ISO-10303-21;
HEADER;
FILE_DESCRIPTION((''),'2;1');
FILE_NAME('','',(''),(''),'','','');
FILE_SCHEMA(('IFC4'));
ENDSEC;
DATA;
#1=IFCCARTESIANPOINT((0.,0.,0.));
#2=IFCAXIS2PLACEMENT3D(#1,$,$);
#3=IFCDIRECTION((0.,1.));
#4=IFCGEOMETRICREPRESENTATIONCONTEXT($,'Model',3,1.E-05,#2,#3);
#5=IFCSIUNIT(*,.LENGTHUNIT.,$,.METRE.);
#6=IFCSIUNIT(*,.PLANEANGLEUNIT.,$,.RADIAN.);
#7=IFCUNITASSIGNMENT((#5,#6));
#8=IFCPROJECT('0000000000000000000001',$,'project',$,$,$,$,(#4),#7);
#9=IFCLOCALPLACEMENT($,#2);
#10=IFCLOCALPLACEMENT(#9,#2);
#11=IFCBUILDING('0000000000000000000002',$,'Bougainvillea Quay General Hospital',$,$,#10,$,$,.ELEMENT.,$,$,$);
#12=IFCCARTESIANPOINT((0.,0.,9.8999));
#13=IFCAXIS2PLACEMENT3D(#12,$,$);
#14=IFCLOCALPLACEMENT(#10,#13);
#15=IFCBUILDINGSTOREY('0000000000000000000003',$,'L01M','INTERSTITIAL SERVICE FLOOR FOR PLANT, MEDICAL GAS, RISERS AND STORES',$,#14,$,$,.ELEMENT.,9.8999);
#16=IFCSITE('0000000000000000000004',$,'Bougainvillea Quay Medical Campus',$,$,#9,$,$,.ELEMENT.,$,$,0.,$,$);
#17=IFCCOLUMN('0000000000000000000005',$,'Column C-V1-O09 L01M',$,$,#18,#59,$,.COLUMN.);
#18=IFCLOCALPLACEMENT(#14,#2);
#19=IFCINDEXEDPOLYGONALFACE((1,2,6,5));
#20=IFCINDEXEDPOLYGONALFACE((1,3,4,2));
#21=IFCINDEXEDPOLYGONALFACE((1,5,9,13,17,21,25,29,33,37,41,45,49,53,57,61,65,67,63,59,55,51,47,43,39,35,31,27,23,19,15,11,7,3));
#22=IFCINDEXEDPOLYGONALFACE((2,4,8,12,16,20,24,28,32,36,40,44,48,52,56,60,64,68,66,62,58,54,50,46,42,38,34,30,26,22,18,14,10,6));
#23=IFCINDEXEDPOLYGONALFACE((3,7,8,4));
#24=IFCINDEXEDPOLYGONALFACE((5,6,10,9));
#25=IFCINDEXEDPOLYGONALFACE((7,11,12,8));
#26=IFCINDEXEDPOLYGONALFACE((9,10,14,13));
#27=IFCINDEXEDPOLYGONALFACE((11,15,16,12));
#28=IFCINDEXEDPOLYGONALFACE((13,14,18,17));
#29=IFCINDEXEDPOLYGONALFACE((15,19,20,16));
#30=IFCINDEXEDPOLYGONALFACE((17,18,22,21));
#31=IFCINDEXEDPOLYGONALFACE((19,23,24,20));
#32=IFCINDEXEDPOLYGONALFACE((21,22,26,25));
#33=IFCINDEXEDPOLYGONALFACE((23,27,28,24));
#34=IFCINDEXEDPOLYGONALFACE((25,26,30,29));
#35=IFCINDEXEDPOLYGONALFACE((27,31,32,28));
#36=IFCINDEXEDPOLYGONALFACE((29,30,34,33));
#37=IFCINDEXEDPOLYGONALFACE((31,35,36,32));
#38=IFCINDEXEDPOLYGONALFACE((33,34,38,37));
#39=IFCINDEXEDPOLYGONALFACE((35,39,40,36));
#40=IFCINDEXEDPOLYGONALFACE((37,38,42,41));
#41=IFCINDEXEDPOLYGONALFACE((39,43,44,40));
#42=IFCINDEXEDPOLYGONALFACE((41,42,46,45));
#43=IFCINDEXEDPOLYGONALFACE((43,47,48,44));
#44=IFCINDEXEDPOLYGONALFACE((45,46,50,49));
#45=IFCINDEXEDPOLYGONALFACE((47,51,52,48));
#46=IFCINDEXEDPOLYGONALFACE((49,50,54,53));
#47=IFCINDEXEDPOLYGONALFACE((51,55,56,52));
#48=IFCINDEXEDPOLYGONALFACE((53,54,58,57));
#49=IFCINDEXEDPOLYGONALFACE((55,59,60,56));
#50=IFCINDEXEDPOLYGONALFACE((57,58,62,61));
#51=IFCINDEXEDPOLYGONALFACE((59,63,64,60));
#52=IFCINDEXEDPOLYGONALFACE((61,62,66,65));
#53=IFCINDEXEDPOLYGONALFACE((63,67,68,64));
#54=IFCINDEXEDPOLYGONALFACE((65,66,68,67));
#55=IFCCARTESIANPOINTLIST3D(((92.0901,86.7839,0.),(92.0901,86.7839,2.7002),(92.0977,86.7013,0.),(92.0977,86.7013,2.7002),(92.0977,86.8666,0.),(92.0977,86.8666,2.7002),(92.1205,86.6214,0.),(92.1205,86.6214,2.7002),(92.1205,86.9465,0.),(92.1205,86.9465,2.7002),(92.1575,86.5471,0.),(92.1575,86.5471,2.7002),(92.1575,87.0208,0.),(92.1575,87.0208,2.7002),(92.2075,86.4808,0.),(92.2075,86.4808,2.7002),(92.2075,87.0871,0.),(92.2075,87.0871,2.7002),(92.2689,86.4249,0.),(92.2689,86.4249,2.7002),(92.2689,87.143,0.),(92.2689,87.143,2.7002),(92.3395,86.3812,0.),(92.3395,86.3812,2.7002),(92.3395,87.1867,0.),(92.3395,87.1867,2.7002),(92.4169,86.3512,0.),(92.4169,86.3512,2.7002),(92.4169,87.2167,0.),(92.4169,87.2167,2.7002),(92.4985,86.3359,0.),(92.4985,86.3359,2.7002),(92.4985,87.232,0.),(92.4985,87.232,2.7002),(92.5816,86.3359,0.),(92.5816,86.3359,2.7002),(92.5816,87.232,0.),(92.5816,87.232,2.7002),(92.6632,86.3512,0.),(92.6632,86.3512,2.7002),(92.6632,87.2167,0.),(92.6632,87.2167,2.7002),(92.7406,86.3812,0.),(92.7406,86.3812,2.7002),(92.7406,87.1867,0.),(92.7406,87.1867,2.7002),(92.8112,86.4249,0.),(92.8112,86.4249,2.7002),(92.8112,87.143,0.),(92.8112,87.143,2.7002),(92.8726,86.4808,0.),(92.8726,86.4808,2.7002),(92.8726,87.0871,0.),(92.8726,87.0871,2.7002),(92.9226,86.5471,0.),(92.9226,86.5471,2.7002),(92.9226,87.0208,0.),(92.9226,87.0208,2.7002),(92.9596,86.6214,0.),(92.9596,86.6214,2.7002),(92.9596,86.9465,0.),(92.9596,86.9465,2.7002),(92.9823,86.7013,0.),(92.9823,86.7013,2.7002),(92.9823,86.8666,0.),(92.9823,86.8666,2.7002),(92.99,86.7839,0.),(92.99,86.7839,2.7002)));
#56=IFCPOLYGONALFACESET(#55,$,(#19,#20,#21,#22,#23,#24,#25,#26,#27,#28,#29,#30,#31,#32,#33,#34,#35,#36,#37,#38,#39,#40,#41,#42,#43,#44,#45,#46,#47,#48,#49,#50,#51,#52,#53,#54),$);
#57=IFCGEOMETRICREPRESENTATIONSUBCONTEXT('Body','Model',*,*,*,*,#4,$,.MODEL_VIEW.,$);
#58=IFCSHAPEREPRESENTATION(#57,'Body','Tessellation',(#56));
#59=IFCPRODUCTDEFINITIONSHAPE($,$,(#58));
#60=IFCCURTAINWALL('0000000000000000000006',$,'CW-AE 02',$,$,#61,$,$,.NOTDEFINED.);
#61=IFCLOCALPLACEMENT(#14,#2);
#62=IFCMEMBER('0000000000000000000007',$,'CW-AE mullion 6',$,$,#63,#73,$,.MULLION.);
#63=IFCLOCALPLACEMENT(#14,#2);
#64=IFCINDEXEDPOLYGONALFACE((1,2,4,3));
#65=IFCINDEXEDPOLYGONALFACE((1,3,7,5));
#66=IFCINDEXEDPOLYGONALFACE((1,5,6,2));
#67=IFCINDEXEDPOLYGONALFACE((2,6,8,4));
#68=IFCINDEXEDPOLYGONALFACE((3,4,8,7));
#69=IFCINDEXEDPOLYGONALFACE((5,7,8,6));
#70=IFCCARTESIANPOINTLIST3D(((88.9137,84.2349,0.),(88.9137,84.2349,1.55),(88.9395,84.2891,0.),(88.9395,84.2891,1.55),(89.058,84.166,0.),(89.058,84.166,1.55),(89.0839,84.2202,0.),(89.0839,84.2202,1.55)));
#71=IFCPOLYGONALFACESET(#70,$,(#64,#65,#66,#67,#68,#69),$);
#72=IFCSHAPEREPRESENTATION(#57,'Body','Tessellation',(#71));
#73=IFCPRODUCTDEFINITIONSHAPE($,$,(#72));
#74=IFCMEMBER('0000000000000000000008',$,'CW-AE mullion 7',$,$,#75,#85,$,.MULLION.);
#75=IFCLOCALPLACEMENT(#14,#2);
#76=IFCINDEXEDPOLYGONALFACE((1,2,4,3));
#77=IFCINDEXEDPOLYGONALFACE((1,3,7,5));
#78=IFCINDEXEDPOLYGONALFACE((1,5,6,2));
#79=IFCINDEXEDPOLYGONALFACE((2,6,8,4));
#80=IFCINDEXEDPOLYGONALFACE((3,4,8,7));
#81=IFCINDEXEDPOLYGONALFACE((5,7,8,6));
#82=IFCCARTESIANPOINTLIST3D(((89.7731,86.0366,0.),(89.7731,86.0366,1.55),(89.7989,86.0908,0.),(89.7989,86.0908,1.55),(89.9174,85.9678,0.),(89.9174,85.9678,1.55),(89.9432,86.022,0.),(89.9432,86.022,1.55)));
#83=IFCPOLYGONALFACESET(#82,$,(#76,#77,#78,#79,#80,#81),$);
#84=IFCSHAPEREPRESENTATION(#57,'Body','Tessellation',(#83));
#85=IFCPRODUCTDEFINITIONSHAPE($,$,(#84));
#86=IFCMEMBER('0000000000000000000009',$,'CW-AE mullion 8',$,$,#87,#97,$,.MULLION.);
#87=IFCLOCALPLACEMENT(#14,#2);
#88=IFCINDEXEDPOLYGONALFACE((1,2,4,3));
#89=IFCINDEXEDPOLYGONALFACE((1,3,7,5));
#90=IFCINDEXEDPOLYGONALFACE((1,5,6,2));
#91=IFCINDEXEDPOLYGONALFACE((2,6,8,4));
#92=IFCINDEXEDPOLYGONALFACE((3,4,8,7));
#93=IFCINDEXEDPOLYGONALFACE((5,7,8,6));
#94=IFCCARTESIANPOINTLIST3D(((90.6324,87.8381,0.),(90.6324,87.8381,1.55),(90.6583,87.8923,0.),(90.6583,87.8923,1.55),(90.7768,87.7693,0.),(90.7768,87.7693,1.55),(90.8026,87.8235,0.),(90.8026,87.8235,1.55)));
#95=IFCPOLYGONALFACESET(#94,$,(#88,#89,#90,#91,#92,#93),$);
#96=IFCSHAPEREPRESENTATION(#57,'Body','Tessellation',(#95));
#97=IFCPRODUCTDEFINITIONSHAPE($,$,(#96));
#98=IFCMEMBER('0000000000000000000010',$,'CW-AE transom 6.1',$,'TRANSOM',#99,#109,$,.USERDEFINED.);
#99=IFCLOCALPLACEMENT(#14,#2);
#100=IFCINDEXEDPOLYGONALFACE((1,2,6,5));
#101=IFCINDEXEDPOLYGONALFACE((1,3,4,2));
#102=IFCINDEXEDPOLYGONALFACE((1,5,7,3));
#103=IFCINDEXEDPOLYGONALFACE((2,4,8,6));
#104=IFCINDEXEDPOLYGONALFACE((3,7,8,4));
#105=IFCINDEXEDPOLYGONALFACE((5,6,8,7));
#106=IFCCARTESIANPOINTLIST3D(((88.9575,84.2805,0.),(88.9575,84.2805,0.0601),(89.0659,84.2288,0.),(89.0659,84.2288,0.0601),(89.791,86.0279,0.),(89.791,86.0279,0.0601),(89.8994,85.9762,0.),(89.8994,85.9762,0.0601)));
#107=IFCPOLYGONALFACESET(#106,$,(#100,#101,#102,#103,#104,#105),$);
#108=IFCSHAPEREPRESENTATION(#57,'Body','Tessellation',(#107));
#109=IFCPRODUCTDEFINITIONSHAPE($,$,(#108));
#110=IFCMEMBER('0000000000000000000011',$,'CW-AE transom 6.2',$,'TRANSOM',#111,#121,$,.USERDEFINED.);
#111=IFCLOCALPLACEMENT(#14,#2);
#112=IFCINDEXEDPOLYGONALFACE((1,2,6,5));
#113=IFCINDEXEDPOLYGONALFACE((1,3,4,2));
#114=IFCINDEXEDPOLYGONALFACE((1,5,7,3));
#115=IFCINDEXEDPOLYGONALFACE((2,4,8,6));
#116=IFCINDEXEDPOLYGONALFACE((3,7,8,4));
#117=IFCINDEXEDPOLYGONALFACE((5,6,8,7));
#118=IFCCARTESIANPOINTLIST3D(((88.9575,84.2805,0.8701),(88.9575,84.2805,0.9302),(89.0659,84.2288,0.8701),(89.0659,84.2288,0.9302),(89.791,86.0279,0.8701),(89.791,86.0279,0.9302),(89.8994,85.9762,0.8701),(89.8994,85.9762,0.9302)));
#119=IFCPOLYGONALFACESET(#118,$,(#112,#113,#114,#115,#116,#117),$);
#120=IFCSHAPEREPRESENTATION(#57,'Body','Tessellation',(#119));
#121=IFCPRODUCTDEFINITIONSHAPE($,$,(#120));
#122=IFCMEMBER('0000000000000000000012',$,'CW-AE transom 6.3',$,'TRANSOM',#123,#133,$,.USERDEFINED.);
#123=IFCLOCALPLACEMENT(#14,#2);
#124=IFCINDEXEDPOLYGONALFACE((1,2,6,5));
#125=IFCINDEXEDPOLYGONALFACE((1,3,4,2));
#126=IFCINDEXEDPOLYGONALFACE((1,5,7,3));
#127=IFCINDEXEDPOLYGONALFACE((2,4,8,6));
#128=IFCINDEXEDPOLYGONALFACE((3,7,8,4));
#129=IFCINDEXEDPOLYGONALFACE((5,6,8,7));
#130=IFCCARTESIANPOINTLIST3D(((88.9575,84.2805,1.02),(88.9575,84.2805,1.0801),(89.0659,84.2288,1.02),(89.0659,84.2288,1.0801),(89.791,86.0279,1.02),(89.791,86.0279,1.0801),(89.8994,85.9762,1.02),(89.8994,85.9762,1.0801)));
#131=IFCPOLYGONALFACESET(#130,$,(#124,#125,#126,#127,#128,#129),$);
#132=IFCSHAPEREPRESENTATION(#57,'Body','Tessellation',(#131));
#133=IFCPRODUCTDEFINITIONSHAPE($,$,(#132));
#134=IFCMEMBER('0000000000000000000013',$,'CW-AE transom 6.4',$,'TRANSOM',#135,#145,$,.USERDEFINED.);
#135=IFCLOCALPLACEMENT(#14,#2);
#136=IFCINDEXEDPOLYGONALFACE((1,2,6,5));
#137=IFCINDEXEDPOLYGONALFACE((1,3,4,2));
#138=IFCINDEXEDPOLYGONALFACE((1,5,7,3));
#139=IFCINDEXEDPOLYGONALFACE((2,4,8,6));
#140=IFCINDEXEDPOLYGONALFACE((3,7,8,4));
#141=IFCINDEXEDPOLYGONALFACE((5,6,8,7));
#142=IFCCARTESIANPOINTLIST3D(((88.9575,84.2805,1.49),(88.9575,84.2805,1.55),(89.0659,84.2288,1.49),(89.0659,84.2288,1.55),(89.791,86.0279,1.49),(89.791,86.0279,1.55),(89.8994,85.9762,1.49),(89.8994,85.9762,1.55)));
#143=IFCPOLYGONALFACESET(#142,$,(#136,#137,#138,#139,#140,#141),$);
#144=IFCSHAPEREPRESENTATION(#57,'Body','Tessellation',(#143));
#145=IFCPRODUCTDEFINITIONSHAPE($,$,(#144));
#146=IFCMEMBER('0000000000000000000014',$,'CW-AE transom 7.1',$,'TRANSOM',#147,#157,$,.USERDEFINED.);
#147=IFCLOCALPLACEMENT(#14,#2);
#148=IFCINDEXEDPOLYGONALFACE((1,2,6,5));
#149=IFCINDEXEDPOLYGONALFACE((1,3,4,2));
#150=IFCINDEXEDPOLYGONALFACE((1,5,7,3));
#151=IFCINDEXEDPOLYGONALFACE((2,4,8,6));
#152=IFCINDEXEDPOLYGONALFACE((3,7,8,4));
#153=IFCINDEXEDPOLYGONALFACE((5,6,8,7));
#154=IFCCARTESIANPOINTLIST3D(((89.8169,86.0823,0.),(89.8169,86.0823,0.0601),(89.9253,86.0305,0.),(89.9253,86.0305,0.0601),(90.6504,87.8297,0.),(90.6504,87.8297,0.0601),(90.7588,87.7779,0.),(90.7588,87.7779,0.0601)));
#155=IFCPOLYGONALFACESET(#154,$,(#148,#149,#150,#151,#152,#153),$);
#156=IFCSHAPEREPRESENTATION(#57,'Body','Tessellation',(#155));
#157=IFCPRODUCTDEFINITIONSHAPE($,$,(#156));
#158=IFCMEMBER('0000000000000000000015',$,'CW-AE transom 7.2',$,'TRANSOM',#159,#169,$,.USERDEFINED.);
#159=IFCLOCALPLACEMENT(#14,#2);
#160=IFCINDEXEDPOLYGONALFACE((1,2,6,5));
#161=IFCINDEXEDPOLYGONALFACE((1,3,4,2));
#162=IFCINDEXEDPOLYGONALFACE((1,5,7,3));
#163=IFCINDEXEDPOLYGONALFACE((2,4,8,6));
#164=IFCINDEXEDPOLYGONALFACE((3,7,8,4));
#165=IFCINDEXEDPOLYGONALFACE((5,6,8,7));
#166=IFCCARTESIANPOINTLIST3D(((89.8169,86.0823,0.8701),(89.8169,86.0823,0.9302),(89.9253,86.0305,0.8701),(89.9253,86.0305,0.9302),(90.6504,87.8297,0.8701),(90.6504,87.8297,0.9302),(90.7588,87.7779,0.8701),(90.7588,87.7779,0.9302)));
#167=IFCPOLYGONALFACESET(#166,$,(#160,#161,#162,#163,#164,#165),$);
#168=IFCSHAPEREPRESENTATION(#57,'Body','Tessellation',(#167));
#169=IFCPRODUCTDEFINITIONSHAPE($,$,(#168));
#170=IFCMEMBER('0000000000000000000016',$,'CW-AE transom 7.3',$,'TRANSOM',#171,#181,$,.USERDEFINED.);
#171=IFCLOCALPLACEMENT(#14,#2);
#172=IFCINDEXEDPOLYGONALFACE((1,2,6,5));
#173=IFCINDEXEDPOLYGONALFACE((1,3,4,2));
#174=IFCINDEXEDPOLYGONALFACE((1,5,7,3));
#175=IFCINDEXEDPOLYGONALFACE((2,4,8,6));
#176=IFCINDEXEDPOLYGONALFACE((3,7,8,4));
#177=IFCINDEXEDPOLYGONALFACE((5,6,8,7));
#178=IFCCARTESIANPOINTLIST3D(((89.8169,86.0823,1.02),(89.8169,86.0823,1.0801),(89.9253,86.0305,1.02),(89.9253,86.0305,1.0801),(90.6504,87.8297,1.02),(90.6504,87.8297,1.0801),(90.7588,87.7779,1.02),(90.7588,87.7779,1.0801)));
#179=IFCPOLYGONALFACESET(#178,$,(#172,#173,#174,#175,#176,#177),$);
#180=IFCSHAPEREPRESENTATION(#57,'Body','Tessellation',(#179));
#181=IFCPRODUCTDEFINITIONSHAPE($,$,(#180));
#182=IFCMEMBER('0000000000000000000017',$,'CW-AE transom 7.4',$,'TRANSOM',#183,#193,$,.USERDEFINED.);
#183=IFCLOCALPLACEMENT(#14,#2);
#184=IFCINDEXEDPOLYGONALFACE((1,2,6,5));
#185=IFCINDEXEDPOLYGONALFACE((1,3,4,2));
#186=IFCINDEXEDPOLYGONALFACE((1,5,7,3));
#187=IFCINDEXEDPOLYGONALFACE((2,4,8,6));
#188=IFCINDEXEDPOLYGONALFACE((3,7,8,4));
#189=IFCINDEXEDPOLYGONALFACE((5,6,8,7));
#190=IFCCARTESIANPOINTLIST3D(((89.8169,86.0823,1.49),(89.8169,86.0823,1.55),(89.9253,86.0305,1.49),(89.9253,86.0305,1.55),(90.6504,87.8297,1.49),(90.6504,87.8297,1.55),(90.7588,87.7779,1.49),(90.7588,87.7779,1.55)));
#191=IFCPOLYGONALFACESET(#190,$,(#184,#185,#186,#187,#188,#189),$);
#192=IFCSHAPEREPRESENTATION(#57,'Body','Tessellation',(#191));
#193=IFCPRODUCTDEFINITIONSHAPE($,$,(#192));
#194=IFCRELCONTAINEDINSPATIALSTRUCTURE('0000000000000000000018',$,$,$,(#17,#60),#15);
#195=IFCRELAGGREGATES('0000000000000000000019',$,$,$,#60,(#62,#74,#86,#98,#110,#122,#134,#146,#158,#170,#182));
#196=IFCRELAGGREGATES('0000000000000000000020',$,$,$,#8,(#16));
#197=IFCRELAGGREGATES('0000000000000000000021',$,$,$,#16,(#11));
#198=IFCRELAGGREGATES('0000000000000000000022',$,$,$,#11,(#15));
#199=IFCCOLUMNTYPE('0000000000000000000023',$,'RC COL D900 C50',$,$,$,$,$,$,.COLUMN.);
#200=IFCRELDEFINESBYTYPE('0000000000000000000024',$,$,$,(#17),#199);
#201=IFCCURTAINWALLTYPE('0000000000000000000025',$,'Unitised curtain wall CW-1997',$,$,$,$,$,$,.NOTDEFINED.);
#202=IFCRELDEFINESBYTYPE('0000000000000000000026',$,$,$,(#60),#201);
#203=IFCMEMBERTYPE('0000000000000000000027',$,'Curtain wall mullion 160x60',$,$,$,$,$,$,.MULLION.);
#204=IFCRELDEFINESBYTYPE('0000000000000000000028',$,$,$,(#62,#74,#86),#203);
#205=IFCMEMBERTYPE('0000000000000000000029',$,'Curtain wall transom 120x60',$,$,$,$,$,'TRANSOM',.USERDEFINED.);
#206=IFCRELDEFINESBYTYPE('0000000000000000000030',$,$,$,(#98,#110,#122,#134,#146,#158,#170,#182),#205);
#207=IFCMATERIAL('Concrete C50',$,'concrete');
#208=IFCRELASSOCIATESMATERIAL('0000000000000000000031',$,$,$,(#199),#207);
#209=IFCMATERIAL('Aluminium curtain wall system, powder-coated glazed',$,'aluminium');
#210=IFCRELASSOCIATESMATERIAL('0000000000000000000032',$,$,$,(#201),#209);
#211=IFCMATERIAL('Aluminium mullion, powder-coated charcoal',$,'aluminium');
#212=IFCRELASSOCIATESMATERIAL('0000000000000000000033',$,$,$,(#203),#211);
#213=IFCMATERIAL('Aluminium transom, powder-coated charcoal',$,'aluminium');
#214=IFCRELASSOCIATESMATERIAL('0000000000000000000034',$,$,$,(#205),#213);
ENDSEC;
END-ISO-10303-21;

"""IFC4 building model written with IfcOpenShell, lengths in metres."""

from ifc_helpers import new_model, si_unit, direction, frame, origin, origin_2d, place, context, subcontext, project, spatial, rectangle, circle, extrude, material, material_profile, profile_set, type_object, element, aggregate, save


model = new_model("IFC4")

# Units and contexts
model_context = context("Model", 3, precision=1e-05, world=origin(), true_north=direction((0.0, 1.0)))
body_context = subcontext(model_context, "Body", "Model", "MODEL_VIEW")
ifc_project = project(units=[si_unit("LENGTHUNIT", "METRE"), si_unit("PLANEANGLEUNIT", "RADIAN")], contexts=[model_context])

# Site, building, storey
site_placement = place(None, origin())
site = spatial("IfcSite", under=ifc_project, at=site_placement, Name="Bougainvillea Quay Medical Campus", CompositionType="ELEMENT", RefElevation=0.0)
building_placement = place(site_placement, origin())
building = spatial("IfcBuilding", under=site, at=building_placement, Name="Bougainvillea Quay General Hospital", CompositionType="ELEMENT")
storey_placement = place(building_placement, frame((0.0, 0.0, 9.8999)))
storey = spatial("IfcBuildingStorey", under=building, at=storey_placement, Name="L01M", Description="INTERSTITIAL SERVICE FLOOR FOR PLANT, MEDICAL GAS, RISERS AND STORES", CompositionType="ELEMENT", Elevation=9.8999)

# Column
ifc_material_1 = material(Name="Concrete C50", Category="concrete")
ifc_material_profile_1 = material_profile(ifc_material_1, circle(Radius=0.45, at=origin_2d()))
ifc_profile_set_1 = profile_set([ifc_material_profile_1], Name="Concrete C50")
column_type = type_object("IfcColumnType", Name="RC COL D900 C50", PredefinedType="COLUMN", material=ifc_profile_set_1)
column_placement = place(storey_placement, frame((92.54, 86.7839, 0.0), z_axis=(0.0, 0.0, 1.0), x_axis=(1.0, 0.0, 0.0)))
element("IfcColumn", 1, at=column_placement, inside=storey, type_object=column_type, Name="Column C-V1-O09 L01M", PredefinedType="COLUMN", context=body_context, shape_type="SweptSolid", body=[
    extrude(circle(Radius=0.45, at=origin_2d()), origin(), (0.0, 0.0, 1.0), 2.7002),
])

# Curtain wall, members
ifc_material_2 = material(Name="Aluminium curtain wall system, powder-coated glazed", Category="aluminium")
curtain_wall_type = type_object("IfcCurtainWallType", Name="Unitised curtain wall CW-1997", PredefinedType="NOTDEFINED", material=ifc_material_2)
curtain_wall_placement = place(storey_placement, origin())
curtain_wall = element("IfcCurtainWall", 2, at=curtain_wall_placement, inside=storey, type_object=curtain_wall_type, Name="CW-AE 02", PredefinedType="NOTDEFINED")
ifc_material_3 = material(Name="Aluminium mullion, powder-coated charcoal", Category="aluminium")
ifc_material_profile_2 = material_profile(ifc_material_3, rectangle(XDim=0.1599, YDim=0.0601, at=origin_2d()))
ifc_profile_set_2 = profile_set([ifc_material_profile_2], Name="Aluminium mullion, powder-coated charcoal")
member_type_1 = type_object("IfcMemberType", Name="Curtain wall mullion 160x60", PredefinedType="MULLION", material=ifc_profile_set_2)
member_1_placement = place(storey_placement, frame((88.9988, 84.2275, 0.0), z_axis=(0.0, 0.0, 1.0), x_axis=(-0.902578, 0.430525, 0.0)))
member_1 = element("IfcMember", 3, at=member_1_placement, type_object=member_type_1, Name="CW-AE mullion 6", PredefinedType="MULLION", context=body_context, shape_type="SweptSolid", body=[
    extrude(rectangle(XDim=0.1599, YDim=0.0601, at=origin_2d()), origin(), (0.0, 0.0, 1.0), 1.55),
])
member_2_placement = place(storey_placement, frame((89.8582, 86.0293, 0.0), z_axis=(0.0, 0.0, 1.0), x_axis=(-0.902578, 0.430525, 0.0)))
member_2 = element("IfcMember", 4, at=member_2_placement, type_object=member_type_1, Name="CW-AE mullion 7", PredefinedType="MULLION", context=body_context, shape_type="SweptSolid", body=[
    extrude(rectangle(XDim=0.1599, YDim=0.0601, at=origin_2d()), origin(), (0.0, 0.0, 1.0), 1.55),
])
member_3_placement = place(storey_placement, frame((90.7175, 87.8308, 0.0), z_axis=(0.0, 0.0, 1.0), x_axis=(-0.902578, 0.430525, 0.0)))
member_3 = element("IfcMember", 5, at=member_3_placement, type_object=member_type_1, Name="CW-AE mullion 8", PredefinedType="MULLION", context=body_context, shape_type="SweptSolid", body=[
    extrude(rectangle(XDim=0.1599, YDim=0.0601, at=origin_2d()), origin(), (0.0, 0.0, 1.0), 1.55),
])
ifc_material_4 = material(Name="Aluminium transom, powder-coated charcoal", Category="aluminium")
ifc_material_profile_3 = material_profile(ifc_material_4, rectangle(XDim=0.1201, YDim=0.0601, at=origin_2d()))
ifc_profile_set_3 = profile_set([ifc_material_profile_3], Name="Aluminium transom, powder-coated charcoal")
member_type_2 = type_object("IfcMemberType", Name="Curtain wall transom 120x60", ElementType="TRANSOM", PredefinedType="USERDEFINED", material=ifc_profile_set_3)
member_4_placement = place(storey_placement, frame((89.0117, 84.2546, 0.03), z_axis=(0.430491, 0.902595, 0.0), x_axis=(-0.902595, 0.430491, 0.0)))
member_4 = element("IfcMember", 6, at=member_4_placement, type_object=member_type_2, Name="CW-AE transom 6.1", ObjectType="TRANSOM", PredefinedType="USERDEFINED", context=body_context, shape_type="SweptSolid", body=[
    extrude(rectangle(XDim=0.1201, YDim=0.0601, at=origin_2d()), origin(), (0.0, 0.0, 1.0), 1.936),
])
member_5_placement = place(storey_placement, frame((89.0117, 84.2546, 0.9001), z_axis=(0.430491, 0.902595, 0.0), x_axis=(-0.902595, 0.430491, 0.0)))
member_5 = element("IfcMember", 7, at=member_5_placement, type_object=member_type_2, Name="CW-AE transom 6.2", ObjectType="TRANSOM", PredefinedType="USERDEFINED", context=body_context, shape_type="SweptSolid", body=[
    extrude(rectangle(XDim=0.1201, YDim=0.0601, at=origin_2d()), origin(), (0.0, 0.0, 1.0), 1.936),
])
member_6_placement = place(storey_placement, frame((89.0117, 84.2546, 1.05), z_axis=(0.430491, 0.902595, 0.0), x_axis=(-0.902595, 0.430491, 0.0)))
member_6 = element("IfcMember", 8, at=member_6_placement, type_object=member_type_2, Name="CW-AE transom 6.3", ObjectType="TRANSOM", PredefinedType="USERDEFINED", context=body_context, shape_type="SweptSolid", body=[
    extrude(rectangle(XDim=0.1201, YDim=0.0601, at=origin_2d()), origin(), (0.0, 0.0, 1.0), 1.936),
])
member_7_placement = place(storey_placement, frame((89.0117, 84.2546, 1.52), z_axis=(0.430491, 0.902595, 0.0), x_axis=(-0.902595, 0.430491, 0.0)))
member_7 = element("IfcMember", 9, at=member_7_placement, type_object=member_type_2, Name="CW-AE transom 6.4", ObjectType="TRANSOM", PredefinedType="USERDEFINED", context=body_context, shape_type="SweptSolid", body=[
    extrude(rectangle(XDim=0.1201, YDim=0.0601, at=origin_2d()), origin(), (0.0, 0.0, 1.0), 1.936),
])
member_8_placement = place(storey_placement, frame((89.8711, 86.0564, 0.03), z_axis=(0.43054, 0.902571, 0.0), x_axis=(-0.902571, 0.43054, 0.0)))
member_8 = element("IfcMember", 10, at=member_8_placement, type_object=member_type_2, Name="CW-AE transom 7.1", ObjectType="TRANSOM", PredefinedType="USERDEFINED", context=body_context, shape_type="SweptSolid", body=[
    extrude(rectangle(XDim=0.1201, YDim=0.0601, at=origin_2d()), origin(), (0.0, 0.0, 1.0), 1.936),
])
member_9_placement = place(storey_placement, frame((89.8711, 86.0564, 0.9001), z_axis=(0.43054, 0.902571, 0.0), x_axis=(-0.902571, 0.43054, 0.0)))
member_9 = element("IfcMember", 11, at=member_9_placement, type_object=member_type_2, Name="CW-AE transom 7.2", ObjectType="TRANSOM", PredefinedType="USERDEFINED", context=body_context, shape_type="SweptSolid", body=[
    extrude(rectangle(XDim=0.1201, YDim=0.0601, at=origin_2d()), origin(), (0.0, 0.0, 1.0), 1.936),
])
member_10_placement = place(storey_placement, frame((89.8711, 86.0564, 1.05), z_axis=(0.43054, 0.902571, 0.0), x_axis=(-0.902571, 0.43054, 0.0)))
member_10 = element("IfcMember", 12, at=member_10_placement, type_object=member_type_2, Name="CW-AE transom 7.3", ObjectType="TRANSOM", PredefinedType="USERDEFINED", context=body_context, shape_type="SweptSolid", body=[
    extrude(rectangle(XDim=0.1201, YDim=0.0601, at=origin_2d()), origin(), (0.0, 0.0, 1.0), 1.936),
])
member_11_placement = place(storey_placement, frame((89.8711, 86.0564, 1.52), z_axis=(0.43054, 0.902571, 0.0), x_axis=(-0.902571, 0.43054, 0.0)))
member_11 = element("IfcMember", 13, at=member_11_placement, type_object=member_type_2, Name="CW-AE transom 7.4", ObjectType="TRANSOM", PredefinedType="USERDEFINED", context=body_context, shape_type="SweptSolid", body=[
    extrude(rectangle(XDim=0.1201, YDim=0.0601, at=origin_2d()), origin(), (0.0, 0.0, 1.0), 1.936),
])
aggregate(curtain_wall, [member_1, member_2, member_3, member_4, member_5, member_6, member_7, member_8, member_9, member_10, member_11])

save(model, "model.ifc")
